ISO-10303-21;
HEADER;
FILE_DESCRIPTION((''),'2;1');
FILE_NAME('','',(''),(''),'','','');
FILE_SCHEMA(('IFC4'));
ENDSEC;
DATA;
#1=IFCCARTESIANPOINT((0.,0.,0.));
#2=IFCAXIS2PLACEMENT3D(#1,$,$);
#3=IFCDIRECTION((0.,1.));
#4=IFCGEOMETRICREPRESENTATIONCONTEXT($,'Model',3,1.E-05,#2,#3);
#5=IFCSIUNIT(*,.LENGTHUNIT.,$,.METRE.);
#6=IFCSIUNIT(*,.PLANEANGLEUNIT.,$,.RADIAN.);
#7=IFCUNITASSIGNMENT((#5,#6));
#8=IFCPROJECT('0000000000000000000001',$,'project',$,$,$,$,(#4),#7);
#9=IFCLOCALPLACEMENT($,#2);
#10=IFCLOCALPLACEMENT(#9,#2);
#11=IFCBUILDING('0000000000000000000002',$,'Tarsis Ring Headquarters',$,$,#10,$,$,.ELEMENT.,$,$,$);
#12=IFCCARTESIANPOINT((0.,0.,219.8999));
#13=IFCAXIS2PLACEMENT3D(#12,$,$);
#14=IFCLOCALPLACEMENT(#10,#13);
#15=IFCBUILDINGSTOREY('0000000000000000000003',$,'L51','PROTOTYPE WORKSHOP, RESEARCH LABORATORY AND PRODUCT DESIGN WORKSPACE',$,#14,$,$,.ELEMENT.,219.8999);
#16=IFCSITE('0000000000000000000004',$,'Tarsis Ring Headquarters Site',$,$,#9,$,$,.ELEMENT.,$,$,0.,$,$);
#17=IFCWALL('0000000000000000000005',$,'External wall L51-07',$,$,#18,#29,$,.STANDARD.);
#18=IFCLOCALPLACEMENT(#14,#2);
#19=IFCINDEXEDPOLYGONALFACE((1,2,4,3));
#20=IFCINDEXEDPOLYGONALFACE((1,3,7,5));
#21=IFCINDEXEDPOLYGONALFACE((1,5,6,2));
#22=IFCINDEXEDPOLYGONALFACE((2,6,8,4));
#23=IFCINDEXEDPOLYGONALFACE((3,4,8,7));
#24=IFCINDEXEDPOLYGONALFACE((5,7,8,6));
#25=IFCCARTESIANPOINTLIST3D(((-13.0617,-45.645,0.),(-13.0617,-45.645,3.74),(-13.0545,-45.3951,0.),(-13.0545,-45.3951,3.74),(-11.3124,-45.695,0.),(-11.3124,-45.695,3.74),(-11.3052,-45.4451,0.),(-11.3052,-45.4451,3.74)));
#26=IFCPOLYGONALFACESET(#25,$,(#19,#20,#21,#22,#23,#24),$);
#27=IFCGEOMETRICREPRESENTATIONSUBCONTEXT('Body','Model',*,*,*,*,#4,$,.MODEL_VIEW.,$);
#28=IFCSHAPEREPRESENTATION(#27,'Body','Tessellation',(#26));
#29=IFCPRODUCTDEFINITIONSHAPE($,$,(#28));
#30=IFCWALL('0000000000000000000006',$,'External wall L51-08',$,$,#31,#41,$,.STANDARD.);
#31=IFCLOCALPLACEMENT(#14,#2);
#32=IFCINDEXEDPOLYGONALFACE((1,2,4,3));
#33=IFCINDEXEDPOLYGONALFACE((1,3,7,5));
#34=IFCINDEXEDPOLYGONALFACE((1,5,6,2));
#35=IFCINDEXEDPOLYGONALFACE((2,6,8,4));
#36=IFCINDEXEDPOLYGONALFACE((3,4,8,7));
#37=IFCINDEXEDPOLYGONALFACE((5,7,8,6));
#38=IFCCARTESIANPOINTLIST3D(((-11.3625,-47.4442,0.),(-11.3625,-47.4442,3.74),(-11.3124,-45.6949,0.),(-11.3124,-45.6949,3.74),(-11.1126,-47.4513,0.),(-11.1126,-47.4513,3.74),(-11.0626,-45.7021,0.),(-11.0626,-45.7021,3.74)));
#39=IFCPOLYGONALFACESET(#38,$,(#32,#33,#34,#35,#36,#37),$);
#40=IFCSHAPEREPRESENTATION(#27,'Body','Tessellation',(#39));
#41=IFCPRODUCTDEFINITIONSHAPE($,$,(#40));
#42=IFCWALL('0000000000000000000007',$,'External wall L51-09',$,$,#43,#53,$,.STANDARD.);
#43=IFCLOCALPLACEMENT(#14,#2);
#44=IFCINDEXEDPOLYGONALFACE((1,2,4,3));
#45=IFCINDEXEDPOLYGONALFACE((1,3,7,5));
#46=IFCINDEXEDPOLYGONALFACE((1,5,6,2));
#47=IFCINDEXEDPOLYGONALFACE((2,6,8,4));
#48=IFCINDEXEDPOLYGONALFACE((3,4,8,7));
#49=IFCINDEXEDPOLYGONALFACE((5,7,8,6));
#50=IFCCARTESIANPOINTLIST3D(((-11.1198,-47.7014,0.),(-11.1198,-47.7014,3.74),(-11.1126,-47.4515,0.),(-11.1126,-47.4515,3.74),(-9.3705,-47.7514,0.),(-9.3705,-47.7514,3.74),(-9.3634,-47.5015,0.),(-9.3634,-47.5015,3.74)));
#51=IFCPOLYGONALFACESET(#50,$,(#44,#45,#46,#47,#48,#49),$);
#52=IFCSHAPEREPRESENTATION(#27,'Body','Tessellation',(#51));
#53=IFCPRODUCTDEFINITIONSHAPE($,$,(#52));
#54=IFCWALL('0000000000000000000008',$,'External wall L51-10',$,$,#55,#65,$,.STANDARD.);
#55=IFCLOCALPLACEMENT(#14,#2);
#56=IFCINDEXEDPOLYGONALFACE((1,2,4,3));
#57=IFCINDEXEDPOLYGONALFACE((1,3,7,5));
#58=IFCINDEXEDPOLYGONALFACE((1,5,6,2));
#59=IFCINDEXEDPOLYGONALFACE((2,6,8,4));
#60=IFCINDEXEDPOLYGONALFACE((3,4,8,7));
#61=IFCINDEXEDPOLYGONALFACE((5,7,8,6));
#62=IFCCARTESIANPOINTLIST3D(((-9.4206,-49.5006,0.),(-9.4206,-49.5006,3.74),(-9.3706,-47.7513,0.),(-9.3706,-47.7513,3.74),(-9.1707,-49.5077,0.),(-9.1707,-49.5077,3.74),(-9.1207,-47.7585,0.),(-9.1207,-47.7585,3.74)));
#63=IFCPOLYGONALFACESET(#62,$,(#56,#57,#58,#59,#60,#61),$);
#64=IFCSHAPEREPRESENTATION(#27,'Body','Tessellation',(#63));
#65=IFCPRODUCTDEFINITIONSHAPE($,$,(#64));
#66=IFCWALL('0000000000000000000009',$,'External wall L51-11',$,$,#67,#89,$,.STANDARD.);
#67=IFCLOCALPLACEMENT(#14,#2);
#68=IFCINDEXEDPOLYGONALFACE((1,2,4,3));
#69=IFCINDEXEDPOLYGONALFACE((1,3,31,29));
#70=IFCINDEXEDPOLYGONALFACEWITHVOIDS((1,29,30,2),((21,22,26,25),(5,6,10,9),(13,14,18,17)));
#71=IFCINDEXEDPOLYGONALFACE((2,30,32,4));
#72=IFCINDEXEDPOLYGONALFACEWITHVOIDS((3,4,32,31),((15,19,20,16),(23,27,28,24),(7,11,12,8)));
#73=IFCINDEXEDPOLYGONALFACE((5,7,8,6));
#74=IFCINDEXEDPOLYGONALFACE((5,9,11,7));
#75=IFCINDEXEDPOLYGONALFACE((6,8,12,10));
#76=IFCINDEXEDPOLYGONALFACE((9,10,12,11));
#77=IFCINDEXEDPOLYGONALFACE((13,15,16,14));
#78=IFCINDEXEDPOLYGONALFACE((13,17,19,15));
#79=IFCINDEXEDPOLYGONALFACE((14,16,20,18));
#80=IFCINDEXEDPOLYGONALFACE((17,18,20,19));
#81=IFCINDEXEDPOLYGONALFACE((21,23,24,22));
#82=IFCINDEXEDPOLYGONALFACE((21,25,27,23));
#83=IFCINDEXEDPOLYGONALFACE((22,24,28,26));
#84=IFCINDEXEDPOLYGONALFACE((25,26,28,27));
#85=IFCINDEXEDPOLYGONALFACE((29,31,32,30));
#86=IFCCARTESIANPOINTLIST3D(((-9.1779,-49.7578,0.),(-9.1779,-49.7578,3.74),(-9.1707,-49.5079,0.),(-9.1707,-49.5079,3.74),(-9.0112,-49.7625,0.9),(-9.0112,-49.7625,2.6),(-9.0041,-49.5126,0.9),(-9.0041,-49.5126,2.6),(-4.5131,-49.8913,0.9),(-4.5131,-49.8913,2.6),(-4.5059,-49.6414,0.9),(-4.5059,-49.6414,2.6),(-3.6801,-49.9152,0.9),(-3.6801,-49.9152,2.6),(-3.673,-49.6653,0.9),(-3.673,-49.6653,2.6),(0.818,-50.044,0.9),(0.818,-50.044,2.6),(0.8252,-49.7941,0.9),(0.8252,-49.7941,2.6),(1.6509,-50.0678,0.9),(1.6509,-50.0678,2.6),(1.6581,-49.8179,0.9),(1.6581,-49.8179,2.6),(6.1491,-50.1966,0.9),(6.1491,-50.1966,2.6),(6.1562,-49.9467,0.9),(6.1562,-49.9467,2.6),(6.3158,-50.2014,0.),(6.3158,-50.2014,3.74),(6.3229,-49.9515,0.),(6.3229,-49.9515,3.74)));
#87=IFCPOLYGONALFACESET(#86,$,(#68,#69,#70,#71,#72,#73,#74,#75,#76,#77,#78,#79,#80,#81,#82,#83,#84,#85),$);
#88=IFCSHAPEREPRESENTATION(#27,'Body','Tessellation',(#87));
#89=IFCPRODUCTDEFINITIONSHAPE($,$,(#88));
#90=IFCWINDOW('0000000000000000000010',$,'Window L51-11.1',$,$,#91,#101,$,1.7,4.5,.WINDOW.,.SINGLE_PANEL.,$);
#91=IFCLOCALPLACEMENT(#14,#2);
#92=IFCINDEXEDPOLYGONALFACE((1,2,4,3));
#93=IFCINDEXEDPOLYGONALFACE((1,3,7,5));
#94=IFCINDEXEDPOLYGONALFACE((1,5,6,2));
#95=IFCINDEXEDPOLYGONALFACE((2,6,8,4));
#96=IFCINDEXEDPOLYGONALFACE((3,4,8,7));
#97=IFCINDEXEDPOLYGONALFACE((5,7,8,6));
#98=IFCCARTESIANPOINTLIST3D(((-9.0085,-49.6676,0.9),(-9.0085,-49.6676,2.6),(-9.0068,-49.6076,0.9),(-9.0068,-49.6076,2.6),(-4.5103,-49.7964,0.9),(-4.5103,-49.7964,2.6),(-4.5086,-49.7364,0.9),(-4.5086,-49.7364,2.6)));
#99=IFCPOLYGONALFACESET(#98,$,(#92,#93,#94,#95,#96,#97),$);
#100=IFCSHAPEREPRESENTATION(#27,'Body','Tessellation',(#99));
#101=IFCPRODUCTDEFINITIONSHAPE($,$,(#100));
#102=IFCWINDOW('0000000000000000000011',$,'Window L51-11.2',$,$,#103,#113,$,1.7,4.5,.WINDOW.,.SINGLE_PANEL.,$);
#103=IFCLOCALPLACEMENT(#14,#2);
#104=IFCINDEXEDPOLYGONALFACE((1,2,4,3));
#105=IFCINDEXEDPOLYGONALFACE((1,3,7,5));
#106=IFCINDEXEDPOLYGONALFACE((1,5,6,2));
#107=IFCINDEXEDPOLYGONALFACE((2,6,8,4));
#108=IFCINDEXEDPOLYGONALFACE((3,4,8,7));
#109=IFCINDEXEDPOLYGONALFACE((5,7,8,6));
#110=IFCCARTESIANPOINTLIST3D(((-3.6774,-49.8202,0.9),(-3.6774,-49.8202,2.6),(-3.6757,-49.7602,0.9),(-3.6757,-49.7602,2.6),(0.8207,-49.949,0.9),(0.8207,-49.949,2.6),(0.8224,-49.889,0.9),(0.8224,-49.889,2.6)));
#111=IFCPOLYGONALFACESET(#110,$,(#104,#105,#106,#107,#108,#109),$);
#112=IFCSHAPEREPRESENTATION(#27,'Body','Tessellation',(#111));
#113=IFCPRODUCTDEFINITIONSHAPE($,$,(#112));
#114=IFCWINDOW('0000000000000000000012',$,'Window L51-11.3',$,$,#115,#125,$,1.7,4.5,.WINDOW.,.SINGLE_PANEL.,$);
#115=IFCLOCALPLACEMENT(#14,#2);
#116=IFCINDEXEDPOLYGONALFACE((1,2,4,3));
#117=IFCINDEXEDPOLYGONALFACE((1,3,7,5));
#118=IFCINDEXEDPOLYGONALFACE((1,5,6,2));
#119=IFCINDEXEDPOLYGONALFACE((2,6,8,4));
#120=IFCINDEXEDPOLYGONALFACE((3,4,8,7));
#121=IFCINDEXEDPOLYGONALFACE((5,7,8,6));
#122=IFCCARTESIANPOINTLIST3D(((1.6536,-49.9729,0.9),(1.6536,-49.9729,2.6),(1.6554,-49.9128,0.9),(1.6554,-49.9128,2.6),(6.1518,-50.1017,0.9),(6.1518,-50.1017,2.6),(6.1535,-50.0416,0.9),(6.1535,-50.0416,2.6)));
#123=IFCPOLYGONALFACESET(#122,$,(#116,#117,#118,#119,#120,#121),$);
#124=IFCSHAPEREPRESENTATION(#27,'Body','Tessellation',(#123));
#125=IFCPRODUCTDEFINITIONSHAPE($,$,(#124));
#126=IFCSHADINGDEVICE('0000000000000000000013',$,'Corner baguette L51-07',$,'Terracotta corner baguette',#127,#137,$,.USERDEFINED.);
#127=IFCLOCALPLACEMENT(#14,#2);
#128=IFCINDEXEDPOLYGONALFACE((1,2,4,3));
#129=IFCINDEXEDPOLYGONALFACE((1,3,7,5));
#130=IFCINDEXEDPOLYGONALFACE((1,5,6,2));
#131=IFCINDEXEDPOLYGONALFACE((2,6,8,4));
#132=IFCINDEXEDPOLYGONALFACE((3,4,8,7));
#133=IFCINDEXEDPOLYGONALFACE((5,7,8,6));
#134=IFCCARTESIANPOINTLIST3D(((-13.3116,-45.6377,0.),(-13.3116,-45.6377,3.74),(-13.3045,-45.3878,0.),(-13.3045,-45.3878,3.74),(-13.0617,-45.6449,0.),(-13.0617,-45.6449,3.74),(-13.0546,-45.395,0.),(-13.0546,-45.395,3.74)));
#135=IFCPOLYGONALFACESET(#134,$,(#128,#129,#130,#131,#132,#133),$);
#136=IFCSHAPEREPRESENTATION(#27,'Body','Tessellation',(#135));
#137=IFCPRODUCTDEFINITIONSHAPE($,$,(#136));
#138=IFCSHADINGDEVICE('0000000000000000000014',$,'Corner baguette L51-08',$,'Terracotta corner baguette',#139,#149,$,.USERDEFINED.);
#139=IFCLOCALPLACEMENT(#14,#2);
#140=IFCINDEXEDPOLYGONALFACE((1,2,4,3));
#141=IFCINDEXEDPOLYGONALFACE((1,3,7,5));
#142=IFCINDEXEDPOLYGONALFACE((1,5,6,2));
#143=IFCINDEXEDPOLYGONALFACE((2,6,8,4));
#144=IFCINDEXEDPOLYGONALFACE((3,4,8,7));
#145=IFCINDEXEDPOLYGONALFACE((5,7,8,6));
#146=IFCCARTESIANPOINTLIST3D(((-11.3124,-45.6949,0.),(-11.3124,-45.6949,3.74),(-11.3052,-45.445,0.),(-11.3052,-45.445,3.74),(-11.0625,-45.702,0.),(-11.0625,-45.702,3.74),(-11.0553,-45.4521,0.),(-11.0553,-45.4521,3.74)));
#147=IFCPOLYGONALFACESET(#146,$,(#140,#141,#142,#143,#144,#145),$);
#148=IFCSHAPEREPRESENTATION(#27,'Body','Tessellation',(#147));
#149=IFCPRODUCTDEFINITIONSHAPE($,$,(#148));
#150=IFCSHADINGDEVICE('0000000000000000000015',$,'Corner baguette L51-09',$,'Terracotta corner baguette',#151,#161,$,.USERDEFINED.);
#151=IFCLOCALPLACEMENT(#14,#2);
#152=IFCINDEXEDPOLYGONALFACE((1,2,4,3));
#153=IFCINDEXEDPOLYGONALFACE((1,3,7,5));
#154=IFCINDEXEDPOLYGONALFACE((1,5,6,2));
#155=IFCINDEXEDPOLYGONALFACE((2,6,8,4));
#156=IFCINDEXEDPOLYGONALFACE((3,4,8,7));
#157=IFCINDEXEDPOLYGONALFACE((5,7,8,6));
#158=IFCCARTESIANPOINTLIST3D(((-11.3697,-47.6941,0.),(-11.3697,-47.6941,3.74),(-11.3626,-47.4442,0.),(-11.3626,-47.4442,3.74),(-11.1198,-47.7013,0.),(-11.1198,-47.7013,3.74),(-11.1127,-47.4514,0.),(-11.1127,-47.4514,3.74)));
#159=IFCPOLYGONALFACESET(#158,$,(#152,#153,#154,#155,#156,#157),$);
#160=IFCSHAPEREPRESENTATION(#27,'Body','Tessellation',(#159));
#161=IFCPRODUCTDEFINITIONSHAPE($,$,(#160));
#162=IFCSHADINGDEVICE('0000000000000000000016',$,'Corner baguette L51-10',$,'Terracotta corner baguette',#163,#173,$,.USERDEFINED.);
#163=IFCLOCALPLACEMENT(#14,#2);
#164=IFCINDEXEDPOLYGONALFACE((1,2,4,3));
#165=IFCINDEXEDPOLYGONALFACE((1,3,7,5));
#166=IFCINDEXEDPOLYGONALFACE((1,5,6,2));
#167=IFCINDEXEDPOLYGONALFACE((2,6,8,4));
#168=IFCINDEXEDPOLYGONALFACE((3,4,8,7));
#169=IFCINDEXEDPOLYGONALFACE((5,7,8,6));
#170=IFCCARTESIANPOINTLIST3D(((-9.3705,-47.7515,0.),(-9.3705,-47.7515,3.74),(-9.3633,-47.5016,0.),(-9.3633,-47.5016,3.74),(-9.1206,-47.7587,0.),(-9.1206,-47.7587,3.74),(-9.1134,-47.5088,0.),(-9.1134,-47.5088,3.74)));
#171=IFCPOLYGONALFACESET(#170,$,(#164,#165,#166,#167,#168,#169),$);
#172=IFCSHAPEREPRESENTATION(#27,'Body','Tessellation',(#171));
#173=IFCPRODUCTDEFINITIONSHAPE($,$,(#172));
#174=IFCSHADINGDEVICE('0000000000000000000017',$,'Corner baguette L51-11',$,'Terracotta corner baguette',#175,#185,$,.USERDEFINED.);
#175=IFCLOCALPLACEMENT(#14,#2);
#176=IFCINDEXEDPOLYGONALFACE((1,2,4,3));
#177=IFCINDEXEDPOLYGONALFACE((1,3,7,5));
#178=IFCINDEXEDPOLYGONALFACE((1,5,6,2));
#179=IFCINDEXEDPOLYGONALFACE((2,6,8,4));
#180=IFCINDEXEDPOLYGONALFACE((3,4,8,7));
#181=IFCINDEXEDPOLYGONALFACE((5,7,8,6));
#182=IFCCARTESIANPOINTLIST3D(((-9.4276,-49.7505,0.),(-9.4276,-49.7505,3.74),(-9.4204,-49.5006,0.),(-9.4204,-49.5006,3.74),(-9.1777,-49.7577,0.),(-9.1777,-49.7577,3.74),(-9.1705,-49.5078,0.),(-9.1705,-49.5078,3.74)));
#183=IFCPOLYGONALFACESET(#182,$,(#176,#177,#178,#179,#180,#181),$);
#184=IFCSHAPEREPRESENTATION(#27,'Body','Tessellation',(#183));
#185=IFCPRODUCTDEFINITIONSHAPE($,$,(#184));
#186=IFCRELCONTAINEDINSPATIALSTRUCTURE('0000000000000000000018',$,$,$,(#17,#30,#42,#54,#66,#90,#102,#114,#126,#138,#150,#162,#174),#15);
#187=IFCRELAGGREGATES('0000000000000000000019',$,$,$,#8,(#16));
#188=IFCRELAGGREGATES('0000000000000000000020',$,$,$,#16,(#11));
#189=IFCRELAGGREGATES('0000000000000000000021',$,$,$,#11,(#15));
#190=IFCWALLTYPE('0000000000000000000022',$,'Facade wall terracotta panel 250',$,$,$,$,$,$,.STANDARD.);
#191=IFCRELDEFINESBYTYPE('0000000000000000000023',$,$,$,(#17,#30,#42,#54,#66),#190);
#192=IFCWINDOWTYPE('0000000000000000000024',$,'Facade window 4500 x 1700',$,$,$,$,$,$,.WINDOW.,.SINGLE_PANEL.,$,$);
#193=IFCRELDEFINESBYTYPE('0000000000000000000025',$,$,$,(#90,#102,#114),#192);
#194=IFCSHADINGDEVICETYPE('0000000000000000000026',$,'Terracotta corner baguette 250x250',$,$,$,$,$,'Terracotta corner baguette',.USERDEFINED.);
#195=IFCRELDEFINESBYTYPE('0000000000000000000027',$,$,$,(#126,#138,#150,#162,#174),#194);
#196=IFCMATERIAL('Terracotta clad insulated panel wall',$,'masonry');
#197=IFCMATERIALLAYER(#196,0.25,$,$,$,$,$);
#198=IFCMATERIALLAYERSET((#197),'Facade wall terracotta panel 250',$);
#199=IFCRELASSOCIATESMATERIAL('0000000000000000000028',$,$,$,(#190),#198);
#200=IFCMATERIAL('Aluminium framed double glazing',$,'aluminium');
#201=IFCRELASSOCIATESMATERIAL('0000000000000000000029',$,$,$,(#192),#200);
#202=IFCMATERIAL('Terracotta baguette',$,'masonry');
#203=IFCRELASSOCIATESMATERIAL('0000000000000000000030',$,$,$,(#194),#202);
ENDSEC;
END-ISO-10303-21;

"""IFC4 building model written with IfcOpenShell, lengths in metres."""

from ifc_helpers import new_model, si_unit, direction, frame, frame_2d, origin, origin_2d, place, context, subcontext, project, spatial, rectangle, extrude, material, layer, layer_set, type_object, element, fill, save


model = new_model("IFC4")

# Units and contexts
model_context = context("Model", 3, precision=1e-05, world=origin(), true_north=direction((0.0, 1.0)))
body_context = subcontext(model_context, "Body", "Model", "MODEL_VIEW")
ifc_project = project(units=[si_unit("LENGTHUNIT", "METRE"), si_unit("PLANEANGLEUNIT", "RADIAN")], contexts=[model_context])

# Site, building, storey
site_placement = place(None, origin())
site = spatial("IfcSite", under=ifc_project, at=site_placement, Name="Tarsis Ring Headquarters Site", CompositionType="ELEMENT", RefElevation=0.0)
building_placement = place(site_placement, origin())
building = spatial("IfcBuilding", under=site, at=building_placement, Name="Tarsis Ring Headquarters", CompositionType="ELEMENT")
storey_placement = place(building_placement, frame((0.0, 0.0, 219.8999)))
storey = spatial("IfcBuildingStorey", under=building, at=storey_placement, Name="L51", Description="PROTOTYPE WORKSHOP, RESEARCH LABORATORY AND PRODUCT DESIGN WORKSPACE", CompositionType="ELEMENT", Elevation=219.8999)

# Walls
ifc_material_1 = material(Name="Terracotta clad insulated panel wall", Category="masonry")
ifc_layer_1 = layer(ifc_material_1, 0.25)
ifc_layer_set_1 = layer_set([ifc_layer_1], Name="Facade wall terracotta panel 250")
wall_type_1 = type_object("IfcWallType", Name="Facade wall terracotta panel 250", PredefinedType="STANDARD", material=ifc_layer_set_1)
for number, where, z_axis, x_axis, name in (
    (1, (-13.0581, -45.52, 0.0), (0.0, 0.0, 1.0), (0.999591, -0.0286, 0.0), "External wall L51-07"),
    (2, (-11.1875, -45.6985, 0.0), (0.0, 0.0, 1.0), (-0.0286, -0.999591, 0.0), "External wall L51-08"),
    (3, (-11.1162, -47.5764, 0.0), (0.0, 0.0, 1.0), (0.999591, -0.0286, 0.0), "External wall L51-09"),
    (4, (-9.2456, -47.7549, 0.0), (0.0, 0.0, 1.0), (-0.0286, -0.999591, 0.0), "External wall L51-10"),
):
    element("IfcWall", number, at=place(storey_placement, frame(where, z_axis=z_axis, x_axis=x_axis)), inside=storey, type_object=wall_type_1, Name=name, PredefinedType="STANDARD", context=body_context, shape_type="SweptSolid", body=[
        extrude(rectangle(XDim=1.75, YDim=0.25, at=frame_2d((0.875, 0.0))), origin(), (0.0, 0.0, 1.0), 3.74),
    ])

# Wall, openings, windows
wall_1_placement = place(storey_placement, frame((-9.1743, -49.6328, 0.0), z_axis=(0.0, 0.0, 1.0), x_axis=(0.99959, -0.02862, 0.0)))
wall_1 = element("IfcWall", 5, at=wall_1_placement, inside=storey, type_object=wall_type_1, Name="External wall L51-11", PredefinedType="STANDARD", context=body_context, shape_type="SweptSolid", body=[
    extrude(rectangle(XDim=15.5, YDim=0.25, at=frame_2d((7.75, 0.0))), origin(), (0.0, 0.0, 1.0), 3.74),
])
opening_1_placement = place(wall_1_placement, frame((0.1667, 0.0, 0.8999)))
opening_1 = element("IfcOpeningElement", 6, at=opening_1_placement, cuts=wall_1, PredefinedType="OPENING", context=body_context, shape_type="SweptSolid", body=[
    extrude(rectangle(XDim=4.5, YDim=1.7, at=frame_2d((2.25, 0.8501))), frame((0.0, 0.135, 0.0), z_axis=(0.0, -1.0, 0.0), x_axis=(1.0, 0.0, 0.0)), (0.0, 0.0, 1.0), 0.27),
])
opening_2_placement = place(wall_1_placement, frame((5.5, 0.0, 0.8999)))
opening_2 = element("IfcOpeningElement", 7, at=opening_2_placement, cuts=wall_1, PredefinedType="OPENING", context=body_context, shape_type="SweptSolid", body=[
    extrude(rectangle(XDim=4.5, YDim=1.7, at=frame_2d((2.25, 0.8501))), frame((0.0, 0.135, 0.0), z_axis=(0.0, -1.0, 0.0), x_axis=(1.0, 0.0, 0.0)), (0.0, 0.0, 1.0), 0.27),
])
opening_3_placement = place(wall_1_placement, frame((10.8333, 0.0, 0.8999)))
opening_3 = element("IfcOpeningElement", 8, at=opening_3_placement, cuts=wall_1, PredefinedType="OPENING", context=body_context, shape_type="SweptSolid", body=[
    extrude(rectangle(XDim=4.5, YDim=1.7, at=frame_2d((2.25, 0.8501))), frame((0.0, 0.135, 0.0), z_axis=(0.0, -1.0, 0.0), x_axis=(1.0, 0.0, 0.0)), (0.0, 0.0, 1.0), 0.27),
])
ifc_material_2 = material(Name="Aluminium framed double glazing", Category="aluminium")
window_type = type_object("IfcWindowType", Name="Facade window 4500 x 1700", PartitioningType="SINGLE_PANEL", PredefinedType="WINDOW", material=ifc_material_2)
window_1_placement = place(opening_1_placement, origin())
window_1 = element("IfcWindow", 9, at=window_1_placement, inside=storey, type_object=window_type, Name="Window L51-11.1", OverallHeight=1.7, OverallWidth=4.5, PartitioningType="SINGLE_PANEL", PredefinedType="WINDOW", context=body_context, shape_type="SweptSolid", body=[
    extrude(rectangle(XDim=4.5, YDim=1.7, at=frame_2d((2.25, 0.8501))), frame((0.0, 0.03, 0.0), z_axis=(0.0, -1.0, 0.0), x_axis=(1.0, 0.0, 0.0)), (0.0, 0.0, 1.0), 0.0601),
])
fill(opening_1, window_1)
window_2_placement = place(opening_2_placement, origin())
window_2 = element("IfcWindow", 10, at=window_2_placement, inside=storey, type_object=window_type, Name="Window L51-11.2", OverallHeight=1.7, OverallWidth=4.5, PartitioningType="SINGLE_PANEL", PredefinedType="WINDOW", context=body_context, shape_type="SweptSolid", body=[
    extrude(rectangle(XDim=4.5, YDim=1.7, at=frame_2d((2.25, 0.8501))), frame((0.0, 0.03, 0.0), z_axis=(0.0, -1.0, 0.0), x_axis=(1.0, 0.0, 0.0)), (0.0, 0.0, 1.0), 0.0601),
])
fill(opening_2, window_2)
window_3_placement = place(opening_3_placement, origin())
window_3 = element("IfcWindow", 11, at=window_3_placement, inside=storey, type_object=window_type, Name="Window L51-11.3", OverallHeight=1.7, OverallWidth=4.5, PartitioningType="SINGLE_PANEL", PredefinedType="WINDOW", context=body_context, shape_type="SweptSolid", body=[
    extrude(rectangle(XDim=4.5, YDim=1.7, at=frame_2d((2.25, 0.8501))), frame((0.0, 0.03, 0.0), z_axis=(0.0, -1.0, 0.0), x_axis=(1.0, 0.0, 0.0)), (0.0, 0.0, 1.0), 0.0601),
])
fill(opening_3, window_3)

# Shading devices
ifc_material_3 = material(Name="Terracotta baguette", Category="masonry")
shading_device_type_1 = type_object("IfcShadingDeviceType", Name="Terracotta corner baguette 250x250", ElementType="Terracotta corner baguette", PredefinedType="USERDEFINED", material=ifc_material_3)
for number, where, z_axis, x_axis, name in (
    (12, (-13.1831, -45.5164, 0.0), (0.0, 0.0, 1.0), (-0.028619, -0.99959, 0.0), "Corner baguette L51-07"),
    (13, (-11.1838, -45.5735, 0.0), (0.0, 0.0, 1.0), (0.99959, -0.028619, 0.0), "Corner baguette L51-08"),
    (14, (-11.2412, -47.5728, 0.0), (0.0, 0.0, 1.0), (-0.028619, -0.99959, 0.0), "Corner baguette L51-09"),
    (15, (-9.2419, -47.6301, 0.0), (0.0, 0.0, 1.0), (0.99959, -0.02862, 0.0), "Corner baguette L51-10"),
    (16, (-9.2991, -49.6292, 0.0), (0.0, 0.0, 1.0), (-0.028619, -0.99959, 0.0), "Corner baguette L51-11"),
):
    element("IfcShadingDevice", number, at=place(storey_placement, frame(where, z_axis=z_axis, x_axis=x_axis)), inside=storey, type_object=shading_device_type_1, Name=name, ObjectType="Terracotta corner baguette", PredefinedType="USERDEFINED", context=body_context, shape_type="SweptSolid", body=[
        extrude(rectangle(XDim=0.25, YDim=0.25, at=origin_2d()), origin(), (0.0, 0.0, 1.0), 3.74),
    ])

save(model, "model.ifc")
